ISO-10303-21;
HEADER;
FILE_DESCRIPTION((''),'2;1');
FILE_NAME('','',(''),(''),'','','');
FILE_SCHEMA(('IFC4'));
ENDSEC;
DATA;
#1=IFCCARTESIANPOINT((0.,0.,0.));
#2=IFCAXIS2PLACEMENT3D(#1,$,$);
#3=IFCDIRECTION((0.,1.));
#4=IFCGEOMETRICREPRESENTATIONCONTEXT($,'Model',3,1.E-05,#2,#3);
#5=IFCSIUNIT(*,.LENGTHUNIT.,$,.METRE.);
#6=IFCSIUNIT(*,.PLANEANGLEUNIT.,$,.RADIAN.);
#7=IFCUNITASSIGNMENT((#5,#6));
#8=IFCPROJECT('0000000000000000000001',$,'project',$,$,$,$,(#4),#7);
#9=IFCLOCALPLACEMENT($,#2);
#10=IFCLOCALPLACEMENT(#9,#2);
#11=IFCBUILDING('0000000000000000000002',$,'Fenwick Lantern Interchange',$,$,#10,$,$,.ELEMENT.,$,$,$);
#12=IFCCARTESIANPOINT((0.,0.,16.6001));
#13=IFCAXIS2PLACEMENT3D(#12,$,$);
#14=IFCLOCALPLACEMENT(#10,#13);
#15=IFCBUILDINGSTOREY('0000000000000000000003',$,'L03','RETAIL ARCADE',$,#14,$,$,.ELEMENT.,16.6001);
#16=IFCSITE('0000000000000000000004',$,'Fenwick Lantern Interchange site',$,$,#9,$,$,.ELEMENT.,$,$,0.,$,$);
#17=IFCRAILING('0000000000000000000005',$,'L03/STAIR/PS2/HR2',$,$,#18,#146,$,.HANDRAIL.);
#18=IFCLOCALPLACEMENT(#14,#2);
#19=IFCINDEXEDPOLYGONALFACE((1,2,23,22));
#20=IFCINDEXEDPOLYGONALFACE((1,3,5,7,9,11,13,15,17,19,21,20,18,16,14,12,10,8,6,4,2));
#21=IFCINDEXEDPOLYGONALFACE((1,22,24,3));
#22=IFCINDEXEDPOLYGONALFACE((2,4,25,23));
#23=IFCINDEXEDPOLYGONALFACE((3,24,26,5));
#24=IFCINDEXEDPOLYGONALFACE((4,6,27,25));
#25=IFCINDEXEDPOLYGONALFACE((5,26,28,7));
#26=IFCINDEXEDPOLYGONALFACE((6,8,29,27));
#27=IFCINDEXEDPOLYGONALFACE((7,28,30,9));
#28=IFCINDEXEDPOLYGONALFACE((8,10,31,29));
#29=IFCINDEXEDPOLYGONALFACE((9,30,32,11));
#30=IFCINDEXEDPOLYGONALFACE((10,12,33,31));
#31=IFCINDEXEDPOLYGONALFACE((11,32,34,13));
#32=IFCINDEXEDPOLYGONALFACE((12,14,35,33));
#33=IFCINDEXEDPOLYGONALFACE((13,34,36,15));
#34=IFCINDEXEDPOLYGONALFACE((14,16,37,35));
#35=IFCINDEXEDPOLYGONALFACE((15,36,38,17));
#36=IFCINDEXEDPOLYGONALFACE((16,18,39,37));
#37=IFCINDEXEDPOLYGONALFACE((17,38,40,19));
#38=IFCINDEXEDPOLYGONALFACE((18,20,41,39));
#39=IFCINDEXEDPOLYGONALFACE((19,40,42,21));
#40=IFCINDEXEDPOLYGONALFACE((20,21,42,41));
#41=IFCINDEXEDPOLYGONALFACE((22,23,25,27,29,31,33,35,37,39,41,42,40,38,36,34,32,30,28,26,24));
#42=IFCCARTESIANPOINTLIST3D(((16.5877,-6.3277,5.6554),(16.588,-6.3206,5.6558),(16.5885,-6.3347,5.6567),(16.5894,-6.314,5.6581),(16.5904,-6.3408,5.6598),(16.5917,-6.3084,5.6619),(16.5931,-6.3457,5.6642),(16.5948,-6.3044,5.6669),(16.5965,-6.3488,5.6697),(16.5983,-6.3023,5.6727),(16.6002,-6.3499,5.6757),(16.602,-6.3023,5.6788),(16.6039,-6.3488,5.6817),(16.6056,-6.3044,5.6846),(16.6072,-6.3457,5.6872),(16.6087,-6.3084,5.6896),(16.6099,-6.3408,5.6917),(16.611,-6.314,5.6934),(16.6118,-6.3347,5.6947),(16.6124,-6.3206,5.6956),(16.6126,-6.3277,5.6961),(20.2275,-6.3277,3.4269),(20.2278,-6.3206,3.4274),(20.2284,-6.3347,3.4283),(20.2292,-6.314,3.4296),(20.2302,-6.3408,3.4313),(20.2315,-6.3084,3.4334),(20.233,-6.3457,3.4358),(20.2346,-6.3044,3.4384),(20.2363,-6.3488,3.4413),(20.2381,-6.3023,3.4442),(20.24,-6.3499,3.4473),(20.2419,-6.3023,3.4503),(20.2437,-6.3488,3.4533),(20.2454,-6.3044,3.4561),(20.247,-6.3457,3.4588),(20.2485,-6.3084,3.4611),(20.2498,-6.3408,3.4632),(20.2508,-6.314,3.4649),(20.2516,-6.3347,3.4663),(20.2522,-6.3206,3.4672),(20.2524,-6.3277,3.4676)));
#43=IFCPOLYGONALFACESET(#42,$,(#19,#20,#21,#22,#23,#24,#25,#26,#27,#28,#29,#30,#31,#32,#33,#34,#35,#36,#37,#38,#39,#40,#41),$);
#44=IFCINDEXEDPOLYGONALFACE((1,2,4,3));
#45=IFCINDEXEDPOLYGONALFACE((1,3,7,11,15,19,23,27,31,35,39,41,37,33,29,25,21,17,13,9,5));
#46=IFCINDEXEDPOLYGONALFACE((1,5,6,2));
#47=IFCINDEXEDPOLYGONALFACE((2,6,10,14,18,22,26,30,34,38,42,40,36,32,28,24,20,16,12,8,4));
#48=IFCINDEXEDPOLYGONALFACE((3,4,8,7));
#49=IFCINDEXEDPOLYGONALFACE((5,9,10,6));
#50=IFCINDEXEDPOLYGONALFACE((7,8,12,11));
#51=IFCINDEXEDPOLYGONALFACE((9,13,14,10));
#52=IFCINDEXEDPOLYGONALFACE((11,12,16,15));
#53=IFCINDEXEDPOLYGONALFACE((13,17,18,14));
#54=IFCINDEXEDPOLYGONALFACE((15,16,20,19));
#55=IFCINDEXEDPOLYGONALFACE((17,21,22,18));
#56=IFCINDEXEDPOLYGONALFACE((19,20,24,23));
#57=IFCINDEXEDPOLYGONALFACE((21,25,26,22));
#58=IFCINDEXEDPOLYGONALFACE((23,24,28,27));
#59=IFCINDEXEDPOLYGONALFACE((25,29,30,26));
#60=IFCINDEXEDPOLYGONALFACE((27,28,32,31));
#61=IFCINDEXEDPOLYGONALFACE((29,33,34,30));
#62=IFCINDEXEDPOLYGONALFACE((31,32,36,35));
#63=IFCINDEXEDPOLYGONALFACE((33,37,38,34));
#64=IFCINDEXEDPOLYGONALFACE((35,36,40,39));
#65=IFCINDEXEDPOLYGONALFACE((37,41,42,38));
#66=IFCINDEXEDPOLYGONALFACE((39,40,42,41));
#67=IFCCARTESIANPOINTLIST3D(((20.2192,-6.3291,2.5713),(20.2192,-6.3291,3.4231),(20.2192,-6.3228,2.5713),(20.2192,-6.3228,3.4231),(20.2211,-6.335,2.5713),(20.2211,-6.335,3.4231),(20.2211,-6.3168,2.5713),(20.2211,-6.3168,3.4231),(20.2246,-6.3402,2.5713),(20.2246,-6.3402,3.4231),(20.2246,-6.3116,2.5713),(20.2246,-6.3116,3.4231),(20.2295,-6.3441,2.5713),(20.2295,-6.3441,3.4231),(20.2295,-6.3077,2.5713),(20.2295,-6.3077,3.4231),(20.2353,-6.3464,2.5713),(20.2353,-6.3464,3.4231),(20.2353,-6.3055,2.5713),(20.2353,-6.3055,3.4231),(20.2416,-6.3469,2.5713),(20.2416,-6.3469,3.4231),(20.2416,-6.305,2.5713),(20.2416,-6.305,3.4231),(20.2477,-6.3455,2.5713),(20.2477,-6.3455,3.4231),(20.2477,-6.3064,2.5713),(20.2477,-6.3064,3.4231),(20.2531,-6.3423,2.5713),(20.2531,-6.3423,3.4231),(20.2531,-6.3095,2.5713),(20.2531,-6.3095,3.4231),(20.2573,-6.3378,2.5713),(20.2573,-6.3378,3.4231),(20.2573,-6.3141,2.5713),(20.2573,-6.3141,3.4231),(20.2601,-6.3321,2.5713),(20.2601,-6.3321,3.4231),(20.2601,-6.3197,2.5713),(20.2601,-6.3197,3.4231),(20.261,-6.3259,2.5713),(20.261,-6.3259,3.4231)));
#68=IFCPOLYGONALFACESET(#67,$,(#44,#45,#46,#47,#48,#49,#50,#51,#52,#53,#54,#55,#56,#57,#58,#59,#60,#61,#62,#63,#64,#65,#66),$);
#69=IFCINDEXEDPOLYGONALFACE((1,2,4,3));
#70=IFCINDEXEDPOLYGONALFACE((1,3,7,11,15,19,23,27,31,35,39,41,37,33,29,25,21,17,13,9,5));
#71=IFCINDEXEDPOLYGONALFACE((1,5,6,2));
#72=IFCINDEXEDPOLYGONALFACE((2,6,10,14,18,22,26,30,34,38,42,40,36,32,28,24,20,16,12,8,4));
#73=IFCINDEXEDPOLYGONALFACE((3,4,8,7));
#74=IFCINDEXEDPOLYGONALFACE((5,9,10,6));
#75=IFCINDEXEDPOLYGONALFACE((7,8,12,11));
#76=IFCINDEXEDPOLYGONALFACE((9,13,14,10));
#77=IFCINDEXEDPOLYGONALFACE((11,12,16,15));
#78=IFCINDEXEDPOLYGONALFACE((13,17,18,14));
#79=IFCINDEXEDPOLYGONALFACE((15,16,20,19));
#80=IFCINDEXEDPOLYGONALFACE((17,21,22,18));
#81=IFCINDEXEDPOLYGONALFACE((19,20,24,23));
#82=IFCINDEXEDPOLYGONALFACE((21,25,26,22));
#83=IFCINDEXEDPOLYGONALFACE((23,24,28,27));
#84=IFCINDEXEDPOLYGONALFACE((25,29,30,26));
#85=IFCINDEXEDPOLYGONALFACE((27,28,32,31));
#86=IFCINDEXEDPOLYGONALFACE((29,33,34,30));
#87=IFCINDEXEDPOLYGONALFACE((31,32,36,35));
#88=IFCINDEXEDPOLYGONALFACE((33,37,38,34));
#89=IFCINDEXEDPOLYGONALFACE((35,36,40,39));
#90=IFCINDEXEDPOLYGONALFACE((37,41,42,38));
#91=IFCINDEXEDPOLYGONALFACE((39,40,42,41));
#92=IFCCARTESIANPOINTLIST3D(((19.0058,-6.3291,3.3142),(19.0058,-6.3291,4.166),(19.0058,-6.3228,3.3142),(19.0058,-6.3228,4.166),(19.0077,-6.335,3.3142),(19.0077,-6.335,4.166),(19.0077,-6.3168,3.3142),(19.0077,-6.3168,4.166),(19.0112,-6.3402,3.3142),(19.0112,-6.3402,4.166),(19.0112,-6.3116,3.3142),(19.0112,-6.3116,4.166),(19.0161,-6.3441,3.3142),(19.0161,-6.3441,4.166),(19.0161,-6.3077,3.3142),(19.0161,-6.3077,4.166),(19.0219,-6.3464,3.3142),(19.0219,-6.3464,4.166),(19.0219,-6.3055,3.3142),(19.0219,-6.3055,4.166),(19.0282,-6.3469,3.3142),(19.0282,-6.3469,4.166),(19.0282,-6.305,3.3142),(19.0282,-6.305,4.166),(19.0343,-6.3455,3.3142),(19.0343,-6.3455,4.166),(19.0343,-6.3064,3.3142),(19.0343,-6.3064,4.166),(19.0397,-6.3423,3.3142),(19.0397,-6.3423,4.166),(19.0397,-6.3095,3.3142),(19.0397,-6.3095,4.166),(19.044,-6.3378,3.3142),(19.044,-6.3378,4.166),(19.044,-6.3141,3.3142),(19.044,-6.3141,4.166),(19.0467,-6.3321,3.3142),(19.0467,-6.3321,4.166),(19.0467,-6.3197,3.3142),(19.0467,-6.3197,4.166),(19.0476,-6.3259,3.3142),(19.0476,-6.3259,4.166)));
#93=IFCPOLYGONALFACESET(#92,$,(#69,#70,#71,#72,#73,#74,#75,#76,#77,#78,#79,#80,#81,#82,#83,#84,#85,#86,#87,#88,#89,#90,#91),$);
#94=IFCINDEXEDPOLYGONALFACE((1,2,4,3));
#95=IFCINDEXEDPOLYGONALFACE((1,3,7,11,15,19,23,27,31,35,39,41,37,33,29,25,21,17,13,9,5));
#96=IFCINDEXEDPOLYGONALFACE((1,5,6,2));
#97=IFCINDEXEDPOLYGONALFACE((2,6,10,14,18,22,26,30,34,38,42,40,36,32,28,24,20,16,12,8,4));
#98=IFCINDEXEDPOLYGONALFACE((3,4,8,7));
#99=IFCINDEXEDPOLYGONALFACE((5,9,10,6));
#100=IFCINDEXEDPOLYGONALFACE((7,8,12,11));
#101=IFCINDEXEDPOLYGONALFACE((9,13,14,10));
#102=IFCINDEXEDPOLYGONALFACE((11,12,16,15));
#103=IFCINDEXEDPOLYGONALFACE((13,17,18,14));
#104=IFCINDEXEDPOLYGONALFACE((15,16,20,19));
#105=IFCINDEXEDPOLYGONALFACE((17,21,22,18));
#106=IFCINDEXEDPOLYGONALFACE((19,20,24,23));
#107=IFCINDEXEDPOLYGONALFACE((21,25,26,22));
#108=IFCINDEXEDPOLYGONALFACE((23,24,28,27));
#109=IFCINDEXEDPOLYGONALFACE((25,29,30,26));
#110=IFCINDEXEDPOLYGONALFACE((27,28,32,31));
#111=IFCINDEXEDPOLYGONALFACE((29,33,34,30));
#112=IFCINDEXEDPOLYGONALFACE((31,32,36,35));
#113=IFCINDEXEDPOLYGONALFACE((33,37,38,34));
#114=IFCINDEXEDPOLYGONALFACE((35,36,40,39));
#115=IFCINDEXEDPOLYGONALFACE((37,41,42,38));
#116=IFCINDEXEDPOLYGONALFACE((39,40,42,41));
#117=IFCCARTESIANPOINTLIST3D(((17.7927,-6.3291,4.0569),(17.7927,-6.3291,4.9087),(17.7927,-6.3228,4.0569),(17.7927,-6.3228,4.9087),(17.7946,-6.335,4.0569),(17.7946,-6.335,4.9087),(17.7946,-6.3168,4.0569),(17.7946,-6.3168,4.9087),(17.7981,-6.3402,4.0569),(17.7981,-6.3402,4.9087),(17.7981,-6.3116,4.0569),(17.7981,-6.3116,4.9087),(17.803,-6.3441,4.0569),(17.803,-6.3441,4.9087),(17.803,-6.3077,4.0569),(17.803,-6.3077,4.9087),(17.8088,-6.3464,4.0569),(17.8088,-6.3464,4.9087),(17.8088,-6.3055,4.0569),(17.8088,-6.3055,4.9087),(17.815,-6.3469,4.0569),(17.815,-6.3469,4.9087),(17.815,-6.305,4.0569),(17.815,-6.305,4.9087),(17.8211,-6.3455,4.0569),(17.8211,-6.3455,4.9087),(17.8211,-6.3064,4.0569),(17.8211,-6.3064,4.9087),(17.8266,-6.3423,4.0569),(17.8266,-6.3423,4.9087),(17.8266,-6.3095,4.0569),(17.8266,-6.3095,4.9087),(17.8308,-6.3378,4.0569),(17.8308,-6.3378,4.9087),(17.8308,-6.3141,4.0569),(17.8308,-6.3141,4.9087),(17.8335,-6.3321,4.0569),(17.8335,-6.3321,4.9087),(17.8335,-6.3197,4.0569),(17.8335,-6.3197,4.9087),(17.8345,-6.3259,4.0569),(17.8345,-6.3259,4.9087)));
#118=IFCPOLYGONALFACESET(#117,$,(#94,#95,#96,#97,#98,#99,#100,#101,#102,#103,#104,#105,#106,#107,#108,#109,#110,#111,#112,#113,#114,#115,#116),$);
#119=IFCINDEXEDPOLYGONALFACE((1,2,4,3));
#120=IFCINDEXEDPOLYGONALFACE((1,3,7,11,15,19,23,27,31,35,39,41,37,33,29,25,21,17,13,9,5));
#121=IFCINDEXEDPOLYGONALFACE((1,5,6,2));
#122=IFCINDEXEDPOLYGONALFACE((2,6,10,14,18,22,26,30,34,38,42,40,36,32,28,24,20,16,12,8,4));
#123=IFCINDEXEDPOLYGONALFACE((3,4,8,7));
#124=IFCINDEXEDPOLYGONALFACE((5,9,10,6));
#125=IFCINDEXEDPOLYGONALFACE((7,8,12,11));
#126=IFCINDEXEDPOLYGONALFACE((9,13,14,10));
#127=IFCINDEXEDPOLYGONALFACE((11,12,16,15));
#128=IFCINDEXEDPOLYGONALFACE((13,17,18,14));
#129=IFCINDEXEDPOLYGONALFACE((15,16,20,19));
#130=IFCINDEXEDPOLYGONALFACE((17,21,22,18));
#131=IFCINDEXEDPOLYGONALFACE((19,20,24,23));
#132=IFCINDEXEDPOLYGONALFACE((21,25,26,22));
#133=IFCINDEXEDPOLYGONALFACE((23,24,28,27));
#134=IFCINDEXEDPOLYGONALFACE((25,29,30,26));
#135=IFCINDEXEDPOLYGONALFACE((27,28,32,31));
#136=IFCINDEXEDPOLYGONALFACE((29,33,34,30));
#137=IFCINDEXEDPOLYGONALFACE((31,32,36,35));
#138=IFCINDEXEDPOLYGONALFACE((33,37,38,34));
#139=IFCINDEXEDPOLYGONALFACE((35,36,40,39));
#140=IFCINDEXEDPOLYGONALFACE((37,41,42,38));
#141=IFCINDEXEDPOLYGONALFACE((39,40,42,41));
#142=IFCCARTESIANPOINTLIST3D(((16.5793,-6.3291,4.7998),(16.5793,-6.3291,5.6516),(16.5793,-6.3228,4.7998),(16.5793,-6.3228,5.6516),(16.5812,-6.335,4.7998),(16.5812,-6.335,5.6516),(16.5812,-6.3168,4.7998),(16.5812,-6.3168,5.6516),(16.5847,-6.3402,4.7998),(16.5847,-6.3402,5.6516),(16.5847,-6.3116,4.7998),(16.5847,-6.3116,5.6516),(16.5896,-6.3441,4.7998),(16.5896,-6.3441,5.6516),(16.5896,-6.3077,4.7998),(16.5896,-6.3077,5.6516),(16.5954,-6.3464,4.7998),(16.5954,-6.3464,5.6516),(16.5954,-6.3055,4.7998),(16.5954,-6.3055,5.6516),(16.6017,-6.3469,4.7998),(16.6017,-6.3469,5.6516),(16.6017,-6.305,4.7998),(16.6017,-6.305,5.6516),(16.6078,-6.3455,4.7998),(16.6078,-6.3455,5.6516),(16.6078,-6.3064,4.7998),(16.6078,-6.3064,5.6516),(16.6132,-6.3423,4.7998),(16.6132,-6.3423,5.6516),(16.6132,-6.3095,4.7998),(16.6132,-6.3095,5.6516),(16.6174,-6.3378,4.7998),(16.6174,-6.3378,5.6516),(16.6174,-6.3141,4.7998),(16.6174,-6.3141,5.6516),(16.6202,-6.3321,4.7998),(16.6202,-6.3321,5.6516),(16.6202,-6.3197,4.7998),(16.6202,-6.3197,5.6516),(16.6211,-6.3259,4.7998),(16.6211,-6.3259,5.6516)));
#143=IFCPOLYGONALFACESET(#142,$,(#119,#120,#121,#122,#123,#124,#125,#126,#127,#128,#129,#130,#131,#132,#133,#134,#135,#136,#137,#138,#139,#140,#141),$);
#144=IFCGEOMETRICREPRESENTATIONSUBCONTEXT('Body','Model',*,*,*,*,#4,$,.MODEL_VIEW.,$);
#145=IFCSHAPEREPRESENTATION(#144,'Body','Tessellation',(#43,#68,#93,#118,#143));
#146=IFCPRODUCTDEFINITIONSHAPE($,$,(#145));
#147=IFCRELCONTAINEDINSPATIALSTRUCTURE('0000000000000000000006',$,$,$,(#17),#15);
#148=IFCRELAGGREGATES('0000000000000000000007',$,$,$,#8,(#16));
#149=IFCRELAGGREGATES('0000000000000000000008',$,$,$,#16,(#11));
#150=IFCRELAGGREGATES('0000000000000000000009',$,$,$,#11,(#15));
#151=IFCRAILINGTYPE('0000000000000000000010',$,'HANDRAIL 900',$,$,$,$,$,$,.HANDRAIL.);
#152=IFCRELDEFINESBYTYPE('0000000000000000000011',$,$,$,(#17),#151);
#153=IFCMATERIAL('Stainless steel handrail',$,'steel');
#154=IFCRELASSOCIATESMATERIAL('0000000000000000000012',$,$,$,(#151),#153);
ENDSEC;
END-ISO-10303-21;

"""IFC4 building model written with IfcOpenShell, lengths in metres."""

from ifc_helpers import new_model, si_unit, direction, frame, origin, origin_2d, place, context, subcontext, project, spatial, circle, extrude, material, type_object, element, save


model = new_model("IFC4")

# Units and contexts
model_context = context("Model", 3, precision=1e-05, world=origin(), true_north=direction((0.0, 1.0)))
body_context = subcontext(model_context, "Body", "Model", "MODEL_VIEW")
ifc_project = project(units=[si_unit("LENGTHUNIT", "METRE"), si_unit("PLANEANGLEUNIT", "RADIAN")], contexts=[model_context])

# Site, building, storey
site_placement = place(None, origin())
site = spatial("IfcSite", under=ifc_project, at=site_placement, Name="Fenwick Lantern Interchange site", CompositionType="ELEMENT", RefElevation=0.0)
building_placement = place(site_placement, origin())
building = spatial("IfcBuilding", under=site, at=building_placement, Name="Fenwick Lantern Interchange", CompositionType="ELEMENT")
storey_placement = place(building_placement, frame((0.0, 0.0, 16.6001)))
storey = spatial("IfcBuildingStorey", under=building, at=storey_placement, Name="L03", Description="RETAIL ARCADE", CompositionType="ELEMENT", Elevation=16.6001)

# Railing
ifc_material_1 = material(Name="Stainless steel handrail", Category="steel")
railing_type = type_object("IfcRailingType", Name="HANDRAIL 900", PredefinedType="HANDRAIL", material=ifc_material_1)
railing_1_placement = place(storey_placement, frame((20.24, -6.3259, 2.5713)))
element("IfcRailing", 1, at=railing_1_placement, inside=storey, type_object=railing_type, Name="L03/STAIR/PS2/HR2", PredefinedType="HANDRAIL", context=body_context, shape_type="SweptSolid", body=[
    extrude(circle(Radius=0.0239, at=origin_2d()), frame((0.0, 0.0, 0.876), z_axis=(-0.85285, 0.0, 0.522156), x_axis=(0.0, -1.0, 0.0)), (0.0, 0.0, 1.0), 4.2678),
    extrude(circle(Radius=0.021, at=origin_2d()), origin(), (0.0, 0.0, 1.0), 0.8518),
    extrude(circle(Radius=0.021, at=origin_2d()), frame((-1.2134, 0.0, 0.7429)), (0.0, 0.0, 1.0), 0.8518),
    extrude(circle(Radius=0.021, at=origin_2d()), frame((-2.4265, 0.0, 1.4856)), (0.0, 0.0, 1.0), 0.8518),
    extrude(circle(Radius=0.021, at=origin_2d()), frame((-3.6399, 0.0, 2.2285)), (0.0, 0.0, 1.0), 0.8518),
])

save(model, "model.ifc")
